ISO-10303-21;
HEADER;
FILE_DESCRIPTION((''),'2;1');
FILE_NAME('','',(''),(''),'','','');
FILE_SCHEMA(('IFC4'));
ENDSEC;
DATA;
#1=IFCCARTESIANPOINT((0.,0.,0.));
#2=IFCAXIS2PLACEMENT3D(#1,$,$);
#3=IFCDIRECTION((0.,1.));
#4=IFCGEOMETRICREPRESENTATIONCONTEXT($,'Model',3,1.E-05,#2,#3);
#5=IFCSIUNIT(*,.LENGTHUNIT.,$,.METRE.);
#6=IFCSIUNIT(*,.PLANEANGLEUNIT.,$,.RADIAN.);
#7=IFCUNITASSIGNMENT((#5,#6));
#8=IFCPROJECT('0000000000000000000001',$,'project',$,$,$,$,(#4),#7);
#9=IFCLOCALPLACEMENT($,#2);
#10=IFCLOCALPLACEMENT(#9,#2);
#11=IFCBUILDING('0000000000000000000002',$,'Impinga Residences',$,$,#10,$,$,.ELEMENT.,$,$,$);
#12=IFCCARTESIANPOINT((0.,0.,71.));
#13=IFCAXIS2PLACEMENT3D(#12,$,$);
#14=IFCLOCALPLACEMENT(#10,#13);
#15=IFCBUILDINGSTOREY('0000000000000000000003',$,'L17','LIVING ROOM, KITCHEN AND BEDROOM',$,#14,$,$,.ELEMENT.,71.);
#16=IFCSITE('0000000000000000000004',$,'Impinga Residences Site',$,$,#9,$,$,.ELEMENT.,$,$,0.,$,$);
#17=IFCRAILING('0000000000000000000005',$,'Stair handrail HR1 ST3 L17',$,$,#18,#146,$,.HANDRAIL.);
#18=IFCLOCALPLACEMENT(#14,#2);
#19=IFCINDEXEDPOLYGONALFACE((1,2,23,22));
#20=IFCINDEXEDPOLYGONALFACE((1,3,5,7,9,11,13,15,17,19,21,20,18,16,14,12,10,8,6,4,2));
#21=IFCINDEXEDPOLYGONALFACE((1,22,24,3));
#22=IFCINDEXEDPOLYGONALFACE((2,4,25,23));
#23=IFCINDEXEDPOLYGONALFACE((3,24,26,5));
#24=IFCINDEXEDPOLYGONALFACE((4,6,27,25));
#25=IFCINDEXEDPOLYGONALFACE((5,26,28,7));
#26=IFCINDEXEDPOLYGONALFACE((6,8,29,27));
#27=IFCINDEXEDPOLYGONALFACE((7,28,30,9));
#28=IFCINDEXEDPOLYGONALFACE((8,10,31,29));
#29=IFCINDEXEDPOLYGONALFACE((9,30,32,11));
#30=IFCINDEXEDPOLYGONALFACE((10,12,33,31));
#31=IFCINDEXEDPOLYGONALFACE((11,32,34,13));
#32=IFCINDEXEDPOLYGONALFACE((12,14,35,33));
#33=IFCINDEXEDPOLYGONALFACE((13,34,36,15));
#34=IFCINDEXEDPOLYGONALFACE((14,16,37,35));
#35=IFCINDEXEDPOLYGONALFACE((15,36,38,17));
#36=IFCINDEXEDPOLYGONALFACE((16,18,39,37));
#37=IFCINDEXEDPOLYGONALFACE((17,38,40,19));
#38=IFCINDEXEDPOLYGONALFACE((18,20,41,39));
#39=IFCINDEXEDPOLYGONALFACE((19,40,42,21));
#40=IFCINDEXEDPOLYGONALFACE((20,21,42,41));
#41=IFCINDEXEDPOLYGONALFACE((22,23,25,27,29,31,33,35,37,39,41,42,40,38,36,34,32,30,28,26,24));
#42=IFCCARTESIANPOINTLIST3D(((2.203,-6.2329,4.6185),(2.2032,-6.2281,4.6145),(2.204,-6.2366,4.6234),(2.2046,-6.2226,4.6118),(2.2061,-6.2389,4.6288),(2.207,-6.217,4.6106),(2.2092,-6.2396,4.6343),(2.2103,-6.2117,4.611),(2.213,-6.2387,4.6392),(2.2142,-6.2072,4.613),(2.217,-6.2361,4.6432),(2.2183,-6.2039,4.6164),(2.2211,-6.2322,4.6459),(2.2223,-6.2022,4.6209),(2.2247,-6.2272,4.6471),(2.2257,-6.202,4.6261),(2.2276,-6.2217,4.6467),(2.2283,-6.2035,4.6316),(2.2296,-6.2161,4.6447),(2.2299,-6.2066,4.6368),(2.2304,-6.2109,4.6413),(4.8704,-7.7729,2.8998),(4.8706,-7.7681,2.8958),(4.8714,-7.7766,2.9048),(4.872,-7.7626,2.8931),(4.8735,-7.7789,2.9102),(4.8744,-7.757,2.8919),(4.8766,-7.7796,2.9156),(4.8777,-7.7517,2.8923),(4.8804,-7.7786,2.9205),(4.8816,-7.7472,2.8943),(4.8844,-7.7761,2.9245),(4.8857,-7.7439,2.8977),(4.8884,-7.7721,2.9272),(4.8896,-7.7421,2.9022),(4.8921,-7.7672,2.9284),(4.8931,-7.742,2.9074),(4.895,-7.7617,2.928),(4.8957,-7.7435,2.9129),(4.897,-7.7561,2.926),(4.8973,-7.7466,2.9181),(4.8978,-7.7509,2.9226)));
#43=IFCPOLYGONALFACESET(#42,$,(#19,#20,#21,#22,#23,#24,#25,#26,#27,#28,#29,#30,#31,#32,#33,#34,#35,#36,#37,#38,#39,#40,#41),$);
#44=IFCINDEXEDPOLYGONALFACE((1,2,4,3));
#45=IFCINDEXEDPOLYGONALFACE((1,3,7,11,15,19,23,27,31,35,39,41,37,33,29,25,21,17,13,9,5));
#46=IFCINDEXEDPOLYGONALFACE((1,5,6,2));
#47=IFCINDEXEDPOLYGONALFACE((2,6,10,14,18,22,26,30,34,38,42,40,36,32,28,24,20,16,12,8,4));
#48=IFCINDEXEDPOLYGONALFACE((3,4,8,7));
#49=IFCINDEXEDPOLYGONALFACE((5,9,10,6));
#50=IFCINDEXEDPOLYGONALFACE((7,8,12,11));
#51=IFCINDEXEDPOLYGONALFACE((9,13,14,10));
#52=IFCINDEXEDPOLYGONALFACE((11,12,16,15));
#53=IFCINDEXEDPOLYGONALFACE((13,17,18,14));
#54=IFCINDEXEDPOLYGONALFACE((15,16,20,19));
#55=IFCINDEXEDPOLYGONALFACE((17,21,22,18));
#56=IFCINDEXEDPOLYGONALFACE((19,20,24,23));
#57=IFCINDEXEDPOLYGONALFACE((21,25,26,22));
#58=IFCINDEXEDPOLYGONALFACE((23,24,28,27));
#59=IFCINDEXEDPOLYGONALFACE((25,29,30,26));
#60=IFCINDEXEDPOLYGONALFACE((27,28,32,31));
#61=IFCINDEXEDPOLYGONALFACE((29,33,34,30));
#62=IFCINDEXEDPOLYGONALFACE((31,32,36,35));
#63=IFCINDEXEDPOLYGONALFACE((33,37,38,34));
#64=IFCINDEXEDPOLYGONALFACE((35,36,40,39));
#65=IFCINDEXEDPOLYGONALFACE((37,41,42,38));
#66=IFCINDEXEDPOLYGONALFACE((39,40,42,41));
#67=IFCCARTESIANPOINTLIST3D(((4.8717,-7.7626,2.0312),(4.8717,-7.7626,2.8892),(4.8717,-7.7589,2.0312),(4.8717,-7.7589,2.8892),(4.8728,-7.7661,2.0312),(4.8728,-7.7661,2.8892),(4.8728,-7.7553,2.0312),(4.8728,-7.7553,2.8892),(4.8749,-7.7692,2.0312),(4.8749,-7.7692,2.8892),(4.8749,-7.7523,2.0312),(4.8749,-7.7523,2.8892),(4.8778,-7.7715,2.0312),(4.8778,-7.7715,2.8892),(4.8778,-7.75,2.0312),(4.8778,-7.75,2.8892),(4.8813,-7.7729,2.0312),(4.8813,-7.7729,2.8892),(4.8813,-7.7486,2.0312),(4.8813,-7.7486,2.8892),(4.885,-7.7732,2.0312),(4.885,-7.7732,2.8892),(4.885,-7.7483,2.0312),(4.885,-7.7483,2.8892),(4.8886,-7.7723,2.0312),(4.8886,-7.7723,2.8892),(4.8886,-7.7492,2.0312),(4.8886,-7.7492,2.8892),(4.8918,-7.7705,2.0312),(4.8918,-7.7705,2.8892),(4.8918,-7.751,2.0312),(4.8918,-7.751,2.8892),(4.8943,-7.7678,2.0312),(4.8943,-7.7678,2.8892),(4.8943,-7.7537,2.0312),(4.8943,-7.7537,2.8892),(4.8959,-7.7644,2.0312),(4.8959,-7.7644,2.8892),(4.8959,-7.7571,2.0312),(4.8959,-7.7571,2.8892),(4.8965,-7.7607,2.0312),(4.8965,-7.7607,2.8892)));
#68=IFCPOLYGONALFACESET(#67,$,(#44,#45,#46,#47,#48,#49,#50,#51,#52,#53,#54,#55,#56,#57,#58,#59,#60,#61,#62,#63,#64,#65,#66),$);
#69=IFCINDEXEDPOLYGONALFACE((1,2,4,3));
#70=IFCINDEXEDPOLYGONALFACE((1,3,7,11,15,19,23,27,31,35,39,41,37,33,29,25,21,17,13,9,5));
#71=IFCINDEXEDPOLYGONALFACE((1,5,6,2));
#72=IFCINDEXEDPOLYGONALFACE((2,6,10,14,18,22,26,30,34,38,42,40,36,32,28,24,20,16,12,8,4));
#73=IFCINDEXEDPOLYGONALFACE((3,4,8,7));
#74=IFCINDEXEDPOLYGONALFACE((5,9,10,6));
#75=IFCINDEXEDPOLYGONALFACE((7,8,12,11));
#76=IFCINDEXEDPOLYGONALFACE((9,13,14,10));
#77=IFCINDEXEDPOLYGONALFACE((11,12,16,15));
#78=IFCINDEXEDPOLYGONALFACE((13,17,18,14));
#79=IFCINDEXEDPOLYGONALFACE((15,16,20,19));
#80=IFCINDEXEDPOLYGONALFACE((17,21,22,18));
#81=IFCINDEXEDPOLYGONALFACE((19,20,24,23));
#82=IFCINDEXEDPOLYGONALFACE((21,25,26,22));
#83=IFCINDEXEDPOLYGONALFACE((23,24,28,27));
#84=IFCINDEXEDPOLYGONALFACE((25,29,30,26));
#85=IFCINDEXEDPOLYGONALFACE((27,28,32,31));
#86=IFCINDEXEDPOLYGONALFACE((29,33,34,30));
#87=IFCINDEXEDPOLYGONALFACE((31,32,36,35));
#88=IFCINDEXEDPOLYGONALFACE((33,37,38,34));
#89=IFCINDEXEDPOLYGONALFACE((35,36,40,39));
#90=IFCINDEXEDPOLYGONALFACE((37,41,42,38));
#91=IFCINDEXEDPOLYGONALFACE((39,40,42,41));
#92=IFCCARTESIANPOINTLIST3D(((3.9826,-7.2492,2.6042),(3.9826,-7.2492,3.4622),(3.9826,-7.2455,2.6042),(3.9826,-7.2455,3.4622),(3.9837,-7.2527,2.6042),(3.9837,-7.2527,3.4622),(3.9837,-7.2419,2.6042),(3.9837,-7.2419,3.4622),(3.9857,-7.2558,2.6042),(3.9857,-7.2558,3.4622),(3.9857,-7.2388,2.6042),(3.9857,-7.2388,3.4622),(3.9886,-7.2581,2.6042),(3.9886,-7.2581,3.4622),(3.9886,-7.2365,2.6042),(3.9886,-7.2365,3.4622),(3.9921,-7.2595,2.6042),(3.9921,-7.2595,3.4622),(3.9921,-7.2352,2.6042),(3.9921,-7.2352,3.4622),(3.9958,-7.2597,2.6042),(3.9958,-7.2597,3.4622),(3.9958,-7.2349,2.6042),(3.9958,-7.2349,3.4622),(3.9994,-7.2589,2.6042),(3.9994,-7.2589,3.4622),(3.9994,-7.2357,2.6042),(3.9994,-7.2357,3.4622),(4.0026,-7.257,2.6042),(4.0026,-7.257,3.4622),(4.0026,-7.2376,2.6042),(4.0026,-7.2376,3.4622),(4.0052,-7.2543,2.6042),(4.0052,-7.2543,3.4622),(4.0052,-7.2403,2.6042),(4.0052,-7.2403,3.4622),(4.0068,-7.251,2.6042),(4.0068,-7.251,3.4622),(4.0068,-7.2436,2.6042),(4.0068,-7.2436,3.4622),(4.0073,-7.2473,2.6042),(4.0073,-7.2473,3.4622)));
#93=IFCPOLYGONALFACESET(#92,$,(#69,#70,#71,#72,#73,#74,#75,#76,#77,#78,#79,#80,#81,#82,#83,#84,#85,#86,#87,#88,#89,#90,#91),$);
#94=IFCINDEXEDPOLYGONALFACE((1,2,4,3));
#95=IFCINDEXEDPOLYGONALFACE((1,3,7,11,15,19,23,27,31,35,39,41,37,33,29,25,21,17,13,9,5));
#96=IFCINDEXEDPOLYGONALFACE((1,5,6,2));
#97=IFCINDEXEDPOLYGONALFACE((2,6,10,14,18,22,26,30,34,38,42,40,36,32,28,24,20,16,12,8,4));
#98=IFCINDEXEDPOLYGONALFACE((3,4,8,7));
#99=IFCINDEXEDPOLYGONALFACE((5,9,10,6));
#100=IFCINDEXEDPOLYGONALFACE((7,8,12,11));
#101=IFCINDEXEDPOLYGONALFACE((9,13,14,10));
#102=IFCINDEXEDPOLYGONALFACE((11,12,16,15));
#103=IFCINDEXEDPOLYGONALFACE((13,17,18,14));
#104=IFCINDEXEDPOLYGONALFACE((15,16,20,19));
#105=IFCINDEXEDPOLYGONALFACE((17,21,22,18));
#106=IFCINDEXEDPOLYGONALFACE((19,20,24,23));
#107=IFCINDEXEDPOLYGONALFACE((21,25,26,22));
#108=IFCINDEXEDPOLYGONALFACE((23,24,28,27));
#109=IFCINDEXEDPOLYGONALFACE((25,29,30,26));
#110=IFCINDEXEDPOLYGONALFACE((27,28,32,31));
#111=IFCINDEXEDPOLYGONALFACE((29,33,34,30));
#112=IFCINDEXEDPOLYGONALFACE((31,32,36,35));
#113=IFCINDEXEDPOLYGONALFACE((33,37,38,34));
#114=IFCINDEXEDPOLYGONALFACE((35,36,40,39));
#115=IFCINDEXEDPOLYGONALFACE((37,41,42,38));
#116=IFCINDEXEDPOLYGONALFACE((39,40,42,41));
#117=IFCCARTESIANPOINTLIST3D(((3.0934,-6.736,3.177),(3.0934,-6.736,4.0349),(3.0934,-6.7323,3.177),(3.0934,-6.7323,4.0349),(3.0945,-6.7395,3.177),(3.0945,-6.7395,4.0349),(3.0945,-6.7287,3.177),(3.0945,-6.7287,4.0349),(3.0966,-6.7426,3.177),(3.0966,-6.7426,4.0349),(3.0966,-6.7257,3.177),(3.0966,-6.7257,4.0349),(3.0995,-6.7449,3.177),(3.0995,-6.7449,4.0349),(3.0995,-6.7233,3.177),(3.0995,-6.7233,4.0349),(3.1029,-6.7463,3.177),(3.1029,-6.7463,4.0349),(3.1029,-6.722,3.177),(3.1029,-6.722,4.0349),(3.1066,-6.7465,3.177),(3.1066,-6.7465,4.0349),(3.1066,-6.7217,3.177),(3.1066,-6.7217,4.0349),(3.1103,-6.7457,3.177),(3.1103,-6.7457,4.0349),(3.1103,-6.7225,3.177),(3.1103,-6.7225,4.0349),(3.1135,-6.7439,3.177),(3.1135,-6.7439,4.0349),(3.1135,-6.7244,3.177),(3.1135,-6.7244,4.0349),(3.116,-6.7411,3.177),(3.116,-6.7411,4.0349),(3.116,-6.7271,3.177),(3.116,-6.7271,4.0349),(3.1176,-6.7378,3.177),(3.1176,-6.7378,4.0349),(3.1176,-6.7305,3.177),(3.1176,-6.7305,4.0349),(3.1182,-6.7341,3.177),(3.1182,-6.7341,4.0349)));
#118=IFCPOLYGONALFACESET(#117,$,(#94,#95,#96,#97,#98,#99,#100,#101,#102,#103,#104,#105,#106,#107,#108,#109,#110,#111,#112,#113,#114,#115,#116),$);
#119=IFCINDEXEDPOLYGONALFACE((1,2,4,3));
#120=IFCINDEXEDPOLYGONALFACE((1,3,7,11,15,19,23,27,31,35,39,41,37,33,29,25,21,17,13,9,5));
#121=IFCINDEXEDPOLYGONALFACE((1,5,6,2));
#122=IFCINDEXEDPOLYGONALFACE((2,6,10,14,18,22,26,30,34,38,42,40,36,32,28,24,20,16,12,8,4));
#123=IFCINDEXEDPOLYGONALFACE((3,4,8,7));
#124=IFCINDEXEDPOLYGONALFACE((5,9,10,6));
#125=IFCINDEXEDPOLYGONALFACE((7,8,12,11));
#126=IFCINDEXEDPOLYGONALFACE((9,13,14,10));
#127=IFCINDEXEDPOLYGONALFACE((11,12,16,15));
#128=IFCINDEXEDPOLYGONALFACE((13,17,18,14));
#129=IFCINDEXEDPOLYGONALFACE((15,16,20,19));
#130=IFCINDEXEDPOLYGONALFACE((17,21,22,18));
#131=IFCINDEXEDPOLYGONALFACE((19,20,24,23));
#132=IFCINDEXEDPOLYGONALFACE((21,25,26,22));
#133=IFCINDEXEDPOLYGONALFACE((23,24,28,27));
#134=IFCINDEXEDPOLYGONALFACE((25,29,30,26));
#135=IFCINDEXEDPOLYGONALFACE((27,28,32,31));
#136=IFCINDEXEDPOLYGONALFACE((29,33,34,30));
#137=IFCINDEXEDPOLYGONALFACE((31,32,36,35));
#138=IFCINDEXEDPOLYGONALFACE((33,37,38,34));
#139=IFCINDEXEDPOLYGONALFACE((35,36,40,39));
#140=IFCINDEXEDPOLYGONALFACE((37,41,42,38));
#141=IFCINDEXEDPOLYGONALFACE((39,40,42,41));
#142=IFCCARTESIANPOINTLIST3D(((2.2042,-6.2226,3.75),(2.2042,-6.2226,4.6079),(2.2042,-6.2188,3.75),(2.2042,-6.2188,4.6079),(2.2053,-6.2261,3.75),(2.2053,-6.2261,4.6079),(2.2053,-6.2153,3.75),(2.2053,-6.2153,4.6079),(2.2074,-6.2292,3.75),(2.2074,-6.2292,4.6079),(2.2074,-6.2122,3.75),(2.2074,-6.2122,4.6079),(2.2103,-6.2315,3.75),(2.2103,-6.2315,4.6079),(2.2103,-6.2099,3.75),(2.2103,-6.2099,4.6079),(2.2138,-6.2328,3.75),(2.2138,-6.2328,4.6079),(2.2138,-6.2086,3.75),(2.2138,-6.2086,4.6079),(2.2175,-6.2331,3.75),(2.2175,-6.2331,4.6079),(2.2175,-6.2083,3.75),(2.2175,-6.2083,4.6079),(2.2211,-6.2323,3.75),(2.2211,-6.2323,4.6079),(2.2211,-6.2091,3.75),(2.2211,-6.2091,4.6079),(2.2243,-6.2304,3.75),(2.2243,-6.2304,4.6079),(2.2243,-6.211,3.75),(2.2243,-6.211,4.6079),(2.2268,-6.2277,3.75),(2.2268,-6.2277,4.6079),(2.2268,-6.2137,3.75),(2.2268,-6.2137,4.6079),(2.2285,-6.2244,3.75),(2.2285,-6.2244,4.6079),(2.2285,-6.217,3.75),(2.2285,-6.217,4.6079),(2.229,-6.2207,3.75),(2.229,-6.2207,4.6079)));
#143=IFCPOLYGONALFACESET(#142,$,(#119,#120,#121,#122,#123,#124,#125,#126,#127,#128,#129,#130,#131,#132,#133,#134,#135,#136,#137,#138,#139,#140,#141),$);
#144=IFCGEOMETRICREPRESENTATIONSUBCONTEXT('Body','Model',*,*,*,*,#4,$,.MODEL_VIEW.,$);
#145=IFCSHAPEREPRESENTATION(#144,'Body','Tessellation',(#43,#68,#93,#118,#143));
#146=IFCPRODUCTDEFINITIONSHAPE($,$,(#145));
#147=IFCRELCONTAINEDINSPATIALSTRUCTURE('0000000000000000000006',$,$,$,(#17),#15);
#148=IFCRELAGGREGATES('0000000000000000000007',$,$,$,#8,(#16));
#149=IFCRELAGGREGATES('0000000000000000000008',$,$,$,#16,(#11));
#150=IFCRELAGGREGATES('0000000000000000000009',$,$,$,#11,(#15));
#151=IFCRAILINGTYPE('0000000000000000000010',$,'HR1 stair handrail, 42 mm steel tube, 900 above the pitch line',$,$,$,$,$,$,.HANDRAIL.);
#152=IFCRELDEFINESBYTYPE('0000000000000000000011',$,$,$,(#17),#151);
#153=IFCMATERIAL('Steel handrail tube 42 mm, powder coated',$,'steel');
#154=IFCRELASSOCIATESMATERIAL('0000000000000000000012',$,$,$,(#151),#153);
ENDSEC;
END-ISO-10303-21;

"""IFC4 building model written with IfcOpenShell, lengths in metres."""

from ifc_helpers import new_model, si_unit, direction, frame, origin, origin_2d, place, context, subcontext, project, spatial, circle, extrude, material, type_object, element, save


model = new_model("IFC4")

# Units and contexts
model_context = context("Model", 3, precision=1e-05, world=origin(), true_north=direction((0.0, 1.0)))
body_context = subcontext(model_context, "Body", "Model", "MODEL_VIEW")
ifc_project = project(units=[si_unit("LENGTHUNIT", "METRE"), si_unit("PLANEANGLEUNIT", "RADIAN")], contexts=[model_context])

# Site, building, storey
site_placement = place(None, origin())
site = spatial("IfcSite", under=ifc_project, at=site_placement, Name="Impinga Residences Site", CompositionType="ELEMENT", RefElevation=0.0)
building_placement = place(site_placement, origin())
building = spatial("IfcBuilding", under=site, at=building_placement, Name="Impinga Residences", CompositionType="ELEMENT")
storey_placement = place(building_placement, frame((0.0, 0.0, 71.0)))
storey = spatial("IfcBuildingStorey", under=building, at=storey_placement, Name="L17", Description="LIVING ROOM, KITCHEN AND BEDROOM", CompositionType="ELEMENT", Elevation=71.0)

# Railing
ifc_material_1 = material(Name="Steel handrail tube 42 mm, powder coated", Category="steel")
railing_type_1 = type_object("IfcRailingType", Name="HR1 stair handrail, 42 mm steel tube, 900 above the pitch line", PredefinedType="HANDRAIL", material=ifc_material_1)
railing_1_placement = place(storey_placement, frame((4.884, -7.7607, 2.0312)))
element("IfcRailing", 1, at=railing_1_placement, inside=storey, type_object=railing_type_1, Name="Stair handrail HR1 ST3 L17", PredefinedType="HANDRAIL", context=body_context, shape_type="SweptSolid", body=[
    extrude(circle(Radius=0.021, at=origin_2d()), frame((0.0, 0.0, 0.8789), z_axis=(-0.756256, 0.436616, 0.487282), x_axis=(-0.499992, -0.86603, 0.0)), (0.0, 0.0, 1.0), 3.5271),
    extrude(circle(Radius=0.0125, at=origin_2d()), origin(), (0.0, 0.0, 1.0), 0.8579),
    extrude(circle(Radius=0.0125, at=origin_2d()), frame((-0.8892, 0.5134, 0.573)), (0.0, 0.0, 1.0), 0.8579),
    extrude(circle(Radius=0.0125, at=origin_2d()), frame((-1.7783, 1.0266, 1.1458)), (0.0, 0.0, 1.0), 0.8579),
    extrude(circle(Radius=0.0125, at=origin_2d()), frame((-2.6675, 1.54, 1.7188)), (0.0, 0.0, 1.0), 0.8579),
])

save(model, "model.ifc")
